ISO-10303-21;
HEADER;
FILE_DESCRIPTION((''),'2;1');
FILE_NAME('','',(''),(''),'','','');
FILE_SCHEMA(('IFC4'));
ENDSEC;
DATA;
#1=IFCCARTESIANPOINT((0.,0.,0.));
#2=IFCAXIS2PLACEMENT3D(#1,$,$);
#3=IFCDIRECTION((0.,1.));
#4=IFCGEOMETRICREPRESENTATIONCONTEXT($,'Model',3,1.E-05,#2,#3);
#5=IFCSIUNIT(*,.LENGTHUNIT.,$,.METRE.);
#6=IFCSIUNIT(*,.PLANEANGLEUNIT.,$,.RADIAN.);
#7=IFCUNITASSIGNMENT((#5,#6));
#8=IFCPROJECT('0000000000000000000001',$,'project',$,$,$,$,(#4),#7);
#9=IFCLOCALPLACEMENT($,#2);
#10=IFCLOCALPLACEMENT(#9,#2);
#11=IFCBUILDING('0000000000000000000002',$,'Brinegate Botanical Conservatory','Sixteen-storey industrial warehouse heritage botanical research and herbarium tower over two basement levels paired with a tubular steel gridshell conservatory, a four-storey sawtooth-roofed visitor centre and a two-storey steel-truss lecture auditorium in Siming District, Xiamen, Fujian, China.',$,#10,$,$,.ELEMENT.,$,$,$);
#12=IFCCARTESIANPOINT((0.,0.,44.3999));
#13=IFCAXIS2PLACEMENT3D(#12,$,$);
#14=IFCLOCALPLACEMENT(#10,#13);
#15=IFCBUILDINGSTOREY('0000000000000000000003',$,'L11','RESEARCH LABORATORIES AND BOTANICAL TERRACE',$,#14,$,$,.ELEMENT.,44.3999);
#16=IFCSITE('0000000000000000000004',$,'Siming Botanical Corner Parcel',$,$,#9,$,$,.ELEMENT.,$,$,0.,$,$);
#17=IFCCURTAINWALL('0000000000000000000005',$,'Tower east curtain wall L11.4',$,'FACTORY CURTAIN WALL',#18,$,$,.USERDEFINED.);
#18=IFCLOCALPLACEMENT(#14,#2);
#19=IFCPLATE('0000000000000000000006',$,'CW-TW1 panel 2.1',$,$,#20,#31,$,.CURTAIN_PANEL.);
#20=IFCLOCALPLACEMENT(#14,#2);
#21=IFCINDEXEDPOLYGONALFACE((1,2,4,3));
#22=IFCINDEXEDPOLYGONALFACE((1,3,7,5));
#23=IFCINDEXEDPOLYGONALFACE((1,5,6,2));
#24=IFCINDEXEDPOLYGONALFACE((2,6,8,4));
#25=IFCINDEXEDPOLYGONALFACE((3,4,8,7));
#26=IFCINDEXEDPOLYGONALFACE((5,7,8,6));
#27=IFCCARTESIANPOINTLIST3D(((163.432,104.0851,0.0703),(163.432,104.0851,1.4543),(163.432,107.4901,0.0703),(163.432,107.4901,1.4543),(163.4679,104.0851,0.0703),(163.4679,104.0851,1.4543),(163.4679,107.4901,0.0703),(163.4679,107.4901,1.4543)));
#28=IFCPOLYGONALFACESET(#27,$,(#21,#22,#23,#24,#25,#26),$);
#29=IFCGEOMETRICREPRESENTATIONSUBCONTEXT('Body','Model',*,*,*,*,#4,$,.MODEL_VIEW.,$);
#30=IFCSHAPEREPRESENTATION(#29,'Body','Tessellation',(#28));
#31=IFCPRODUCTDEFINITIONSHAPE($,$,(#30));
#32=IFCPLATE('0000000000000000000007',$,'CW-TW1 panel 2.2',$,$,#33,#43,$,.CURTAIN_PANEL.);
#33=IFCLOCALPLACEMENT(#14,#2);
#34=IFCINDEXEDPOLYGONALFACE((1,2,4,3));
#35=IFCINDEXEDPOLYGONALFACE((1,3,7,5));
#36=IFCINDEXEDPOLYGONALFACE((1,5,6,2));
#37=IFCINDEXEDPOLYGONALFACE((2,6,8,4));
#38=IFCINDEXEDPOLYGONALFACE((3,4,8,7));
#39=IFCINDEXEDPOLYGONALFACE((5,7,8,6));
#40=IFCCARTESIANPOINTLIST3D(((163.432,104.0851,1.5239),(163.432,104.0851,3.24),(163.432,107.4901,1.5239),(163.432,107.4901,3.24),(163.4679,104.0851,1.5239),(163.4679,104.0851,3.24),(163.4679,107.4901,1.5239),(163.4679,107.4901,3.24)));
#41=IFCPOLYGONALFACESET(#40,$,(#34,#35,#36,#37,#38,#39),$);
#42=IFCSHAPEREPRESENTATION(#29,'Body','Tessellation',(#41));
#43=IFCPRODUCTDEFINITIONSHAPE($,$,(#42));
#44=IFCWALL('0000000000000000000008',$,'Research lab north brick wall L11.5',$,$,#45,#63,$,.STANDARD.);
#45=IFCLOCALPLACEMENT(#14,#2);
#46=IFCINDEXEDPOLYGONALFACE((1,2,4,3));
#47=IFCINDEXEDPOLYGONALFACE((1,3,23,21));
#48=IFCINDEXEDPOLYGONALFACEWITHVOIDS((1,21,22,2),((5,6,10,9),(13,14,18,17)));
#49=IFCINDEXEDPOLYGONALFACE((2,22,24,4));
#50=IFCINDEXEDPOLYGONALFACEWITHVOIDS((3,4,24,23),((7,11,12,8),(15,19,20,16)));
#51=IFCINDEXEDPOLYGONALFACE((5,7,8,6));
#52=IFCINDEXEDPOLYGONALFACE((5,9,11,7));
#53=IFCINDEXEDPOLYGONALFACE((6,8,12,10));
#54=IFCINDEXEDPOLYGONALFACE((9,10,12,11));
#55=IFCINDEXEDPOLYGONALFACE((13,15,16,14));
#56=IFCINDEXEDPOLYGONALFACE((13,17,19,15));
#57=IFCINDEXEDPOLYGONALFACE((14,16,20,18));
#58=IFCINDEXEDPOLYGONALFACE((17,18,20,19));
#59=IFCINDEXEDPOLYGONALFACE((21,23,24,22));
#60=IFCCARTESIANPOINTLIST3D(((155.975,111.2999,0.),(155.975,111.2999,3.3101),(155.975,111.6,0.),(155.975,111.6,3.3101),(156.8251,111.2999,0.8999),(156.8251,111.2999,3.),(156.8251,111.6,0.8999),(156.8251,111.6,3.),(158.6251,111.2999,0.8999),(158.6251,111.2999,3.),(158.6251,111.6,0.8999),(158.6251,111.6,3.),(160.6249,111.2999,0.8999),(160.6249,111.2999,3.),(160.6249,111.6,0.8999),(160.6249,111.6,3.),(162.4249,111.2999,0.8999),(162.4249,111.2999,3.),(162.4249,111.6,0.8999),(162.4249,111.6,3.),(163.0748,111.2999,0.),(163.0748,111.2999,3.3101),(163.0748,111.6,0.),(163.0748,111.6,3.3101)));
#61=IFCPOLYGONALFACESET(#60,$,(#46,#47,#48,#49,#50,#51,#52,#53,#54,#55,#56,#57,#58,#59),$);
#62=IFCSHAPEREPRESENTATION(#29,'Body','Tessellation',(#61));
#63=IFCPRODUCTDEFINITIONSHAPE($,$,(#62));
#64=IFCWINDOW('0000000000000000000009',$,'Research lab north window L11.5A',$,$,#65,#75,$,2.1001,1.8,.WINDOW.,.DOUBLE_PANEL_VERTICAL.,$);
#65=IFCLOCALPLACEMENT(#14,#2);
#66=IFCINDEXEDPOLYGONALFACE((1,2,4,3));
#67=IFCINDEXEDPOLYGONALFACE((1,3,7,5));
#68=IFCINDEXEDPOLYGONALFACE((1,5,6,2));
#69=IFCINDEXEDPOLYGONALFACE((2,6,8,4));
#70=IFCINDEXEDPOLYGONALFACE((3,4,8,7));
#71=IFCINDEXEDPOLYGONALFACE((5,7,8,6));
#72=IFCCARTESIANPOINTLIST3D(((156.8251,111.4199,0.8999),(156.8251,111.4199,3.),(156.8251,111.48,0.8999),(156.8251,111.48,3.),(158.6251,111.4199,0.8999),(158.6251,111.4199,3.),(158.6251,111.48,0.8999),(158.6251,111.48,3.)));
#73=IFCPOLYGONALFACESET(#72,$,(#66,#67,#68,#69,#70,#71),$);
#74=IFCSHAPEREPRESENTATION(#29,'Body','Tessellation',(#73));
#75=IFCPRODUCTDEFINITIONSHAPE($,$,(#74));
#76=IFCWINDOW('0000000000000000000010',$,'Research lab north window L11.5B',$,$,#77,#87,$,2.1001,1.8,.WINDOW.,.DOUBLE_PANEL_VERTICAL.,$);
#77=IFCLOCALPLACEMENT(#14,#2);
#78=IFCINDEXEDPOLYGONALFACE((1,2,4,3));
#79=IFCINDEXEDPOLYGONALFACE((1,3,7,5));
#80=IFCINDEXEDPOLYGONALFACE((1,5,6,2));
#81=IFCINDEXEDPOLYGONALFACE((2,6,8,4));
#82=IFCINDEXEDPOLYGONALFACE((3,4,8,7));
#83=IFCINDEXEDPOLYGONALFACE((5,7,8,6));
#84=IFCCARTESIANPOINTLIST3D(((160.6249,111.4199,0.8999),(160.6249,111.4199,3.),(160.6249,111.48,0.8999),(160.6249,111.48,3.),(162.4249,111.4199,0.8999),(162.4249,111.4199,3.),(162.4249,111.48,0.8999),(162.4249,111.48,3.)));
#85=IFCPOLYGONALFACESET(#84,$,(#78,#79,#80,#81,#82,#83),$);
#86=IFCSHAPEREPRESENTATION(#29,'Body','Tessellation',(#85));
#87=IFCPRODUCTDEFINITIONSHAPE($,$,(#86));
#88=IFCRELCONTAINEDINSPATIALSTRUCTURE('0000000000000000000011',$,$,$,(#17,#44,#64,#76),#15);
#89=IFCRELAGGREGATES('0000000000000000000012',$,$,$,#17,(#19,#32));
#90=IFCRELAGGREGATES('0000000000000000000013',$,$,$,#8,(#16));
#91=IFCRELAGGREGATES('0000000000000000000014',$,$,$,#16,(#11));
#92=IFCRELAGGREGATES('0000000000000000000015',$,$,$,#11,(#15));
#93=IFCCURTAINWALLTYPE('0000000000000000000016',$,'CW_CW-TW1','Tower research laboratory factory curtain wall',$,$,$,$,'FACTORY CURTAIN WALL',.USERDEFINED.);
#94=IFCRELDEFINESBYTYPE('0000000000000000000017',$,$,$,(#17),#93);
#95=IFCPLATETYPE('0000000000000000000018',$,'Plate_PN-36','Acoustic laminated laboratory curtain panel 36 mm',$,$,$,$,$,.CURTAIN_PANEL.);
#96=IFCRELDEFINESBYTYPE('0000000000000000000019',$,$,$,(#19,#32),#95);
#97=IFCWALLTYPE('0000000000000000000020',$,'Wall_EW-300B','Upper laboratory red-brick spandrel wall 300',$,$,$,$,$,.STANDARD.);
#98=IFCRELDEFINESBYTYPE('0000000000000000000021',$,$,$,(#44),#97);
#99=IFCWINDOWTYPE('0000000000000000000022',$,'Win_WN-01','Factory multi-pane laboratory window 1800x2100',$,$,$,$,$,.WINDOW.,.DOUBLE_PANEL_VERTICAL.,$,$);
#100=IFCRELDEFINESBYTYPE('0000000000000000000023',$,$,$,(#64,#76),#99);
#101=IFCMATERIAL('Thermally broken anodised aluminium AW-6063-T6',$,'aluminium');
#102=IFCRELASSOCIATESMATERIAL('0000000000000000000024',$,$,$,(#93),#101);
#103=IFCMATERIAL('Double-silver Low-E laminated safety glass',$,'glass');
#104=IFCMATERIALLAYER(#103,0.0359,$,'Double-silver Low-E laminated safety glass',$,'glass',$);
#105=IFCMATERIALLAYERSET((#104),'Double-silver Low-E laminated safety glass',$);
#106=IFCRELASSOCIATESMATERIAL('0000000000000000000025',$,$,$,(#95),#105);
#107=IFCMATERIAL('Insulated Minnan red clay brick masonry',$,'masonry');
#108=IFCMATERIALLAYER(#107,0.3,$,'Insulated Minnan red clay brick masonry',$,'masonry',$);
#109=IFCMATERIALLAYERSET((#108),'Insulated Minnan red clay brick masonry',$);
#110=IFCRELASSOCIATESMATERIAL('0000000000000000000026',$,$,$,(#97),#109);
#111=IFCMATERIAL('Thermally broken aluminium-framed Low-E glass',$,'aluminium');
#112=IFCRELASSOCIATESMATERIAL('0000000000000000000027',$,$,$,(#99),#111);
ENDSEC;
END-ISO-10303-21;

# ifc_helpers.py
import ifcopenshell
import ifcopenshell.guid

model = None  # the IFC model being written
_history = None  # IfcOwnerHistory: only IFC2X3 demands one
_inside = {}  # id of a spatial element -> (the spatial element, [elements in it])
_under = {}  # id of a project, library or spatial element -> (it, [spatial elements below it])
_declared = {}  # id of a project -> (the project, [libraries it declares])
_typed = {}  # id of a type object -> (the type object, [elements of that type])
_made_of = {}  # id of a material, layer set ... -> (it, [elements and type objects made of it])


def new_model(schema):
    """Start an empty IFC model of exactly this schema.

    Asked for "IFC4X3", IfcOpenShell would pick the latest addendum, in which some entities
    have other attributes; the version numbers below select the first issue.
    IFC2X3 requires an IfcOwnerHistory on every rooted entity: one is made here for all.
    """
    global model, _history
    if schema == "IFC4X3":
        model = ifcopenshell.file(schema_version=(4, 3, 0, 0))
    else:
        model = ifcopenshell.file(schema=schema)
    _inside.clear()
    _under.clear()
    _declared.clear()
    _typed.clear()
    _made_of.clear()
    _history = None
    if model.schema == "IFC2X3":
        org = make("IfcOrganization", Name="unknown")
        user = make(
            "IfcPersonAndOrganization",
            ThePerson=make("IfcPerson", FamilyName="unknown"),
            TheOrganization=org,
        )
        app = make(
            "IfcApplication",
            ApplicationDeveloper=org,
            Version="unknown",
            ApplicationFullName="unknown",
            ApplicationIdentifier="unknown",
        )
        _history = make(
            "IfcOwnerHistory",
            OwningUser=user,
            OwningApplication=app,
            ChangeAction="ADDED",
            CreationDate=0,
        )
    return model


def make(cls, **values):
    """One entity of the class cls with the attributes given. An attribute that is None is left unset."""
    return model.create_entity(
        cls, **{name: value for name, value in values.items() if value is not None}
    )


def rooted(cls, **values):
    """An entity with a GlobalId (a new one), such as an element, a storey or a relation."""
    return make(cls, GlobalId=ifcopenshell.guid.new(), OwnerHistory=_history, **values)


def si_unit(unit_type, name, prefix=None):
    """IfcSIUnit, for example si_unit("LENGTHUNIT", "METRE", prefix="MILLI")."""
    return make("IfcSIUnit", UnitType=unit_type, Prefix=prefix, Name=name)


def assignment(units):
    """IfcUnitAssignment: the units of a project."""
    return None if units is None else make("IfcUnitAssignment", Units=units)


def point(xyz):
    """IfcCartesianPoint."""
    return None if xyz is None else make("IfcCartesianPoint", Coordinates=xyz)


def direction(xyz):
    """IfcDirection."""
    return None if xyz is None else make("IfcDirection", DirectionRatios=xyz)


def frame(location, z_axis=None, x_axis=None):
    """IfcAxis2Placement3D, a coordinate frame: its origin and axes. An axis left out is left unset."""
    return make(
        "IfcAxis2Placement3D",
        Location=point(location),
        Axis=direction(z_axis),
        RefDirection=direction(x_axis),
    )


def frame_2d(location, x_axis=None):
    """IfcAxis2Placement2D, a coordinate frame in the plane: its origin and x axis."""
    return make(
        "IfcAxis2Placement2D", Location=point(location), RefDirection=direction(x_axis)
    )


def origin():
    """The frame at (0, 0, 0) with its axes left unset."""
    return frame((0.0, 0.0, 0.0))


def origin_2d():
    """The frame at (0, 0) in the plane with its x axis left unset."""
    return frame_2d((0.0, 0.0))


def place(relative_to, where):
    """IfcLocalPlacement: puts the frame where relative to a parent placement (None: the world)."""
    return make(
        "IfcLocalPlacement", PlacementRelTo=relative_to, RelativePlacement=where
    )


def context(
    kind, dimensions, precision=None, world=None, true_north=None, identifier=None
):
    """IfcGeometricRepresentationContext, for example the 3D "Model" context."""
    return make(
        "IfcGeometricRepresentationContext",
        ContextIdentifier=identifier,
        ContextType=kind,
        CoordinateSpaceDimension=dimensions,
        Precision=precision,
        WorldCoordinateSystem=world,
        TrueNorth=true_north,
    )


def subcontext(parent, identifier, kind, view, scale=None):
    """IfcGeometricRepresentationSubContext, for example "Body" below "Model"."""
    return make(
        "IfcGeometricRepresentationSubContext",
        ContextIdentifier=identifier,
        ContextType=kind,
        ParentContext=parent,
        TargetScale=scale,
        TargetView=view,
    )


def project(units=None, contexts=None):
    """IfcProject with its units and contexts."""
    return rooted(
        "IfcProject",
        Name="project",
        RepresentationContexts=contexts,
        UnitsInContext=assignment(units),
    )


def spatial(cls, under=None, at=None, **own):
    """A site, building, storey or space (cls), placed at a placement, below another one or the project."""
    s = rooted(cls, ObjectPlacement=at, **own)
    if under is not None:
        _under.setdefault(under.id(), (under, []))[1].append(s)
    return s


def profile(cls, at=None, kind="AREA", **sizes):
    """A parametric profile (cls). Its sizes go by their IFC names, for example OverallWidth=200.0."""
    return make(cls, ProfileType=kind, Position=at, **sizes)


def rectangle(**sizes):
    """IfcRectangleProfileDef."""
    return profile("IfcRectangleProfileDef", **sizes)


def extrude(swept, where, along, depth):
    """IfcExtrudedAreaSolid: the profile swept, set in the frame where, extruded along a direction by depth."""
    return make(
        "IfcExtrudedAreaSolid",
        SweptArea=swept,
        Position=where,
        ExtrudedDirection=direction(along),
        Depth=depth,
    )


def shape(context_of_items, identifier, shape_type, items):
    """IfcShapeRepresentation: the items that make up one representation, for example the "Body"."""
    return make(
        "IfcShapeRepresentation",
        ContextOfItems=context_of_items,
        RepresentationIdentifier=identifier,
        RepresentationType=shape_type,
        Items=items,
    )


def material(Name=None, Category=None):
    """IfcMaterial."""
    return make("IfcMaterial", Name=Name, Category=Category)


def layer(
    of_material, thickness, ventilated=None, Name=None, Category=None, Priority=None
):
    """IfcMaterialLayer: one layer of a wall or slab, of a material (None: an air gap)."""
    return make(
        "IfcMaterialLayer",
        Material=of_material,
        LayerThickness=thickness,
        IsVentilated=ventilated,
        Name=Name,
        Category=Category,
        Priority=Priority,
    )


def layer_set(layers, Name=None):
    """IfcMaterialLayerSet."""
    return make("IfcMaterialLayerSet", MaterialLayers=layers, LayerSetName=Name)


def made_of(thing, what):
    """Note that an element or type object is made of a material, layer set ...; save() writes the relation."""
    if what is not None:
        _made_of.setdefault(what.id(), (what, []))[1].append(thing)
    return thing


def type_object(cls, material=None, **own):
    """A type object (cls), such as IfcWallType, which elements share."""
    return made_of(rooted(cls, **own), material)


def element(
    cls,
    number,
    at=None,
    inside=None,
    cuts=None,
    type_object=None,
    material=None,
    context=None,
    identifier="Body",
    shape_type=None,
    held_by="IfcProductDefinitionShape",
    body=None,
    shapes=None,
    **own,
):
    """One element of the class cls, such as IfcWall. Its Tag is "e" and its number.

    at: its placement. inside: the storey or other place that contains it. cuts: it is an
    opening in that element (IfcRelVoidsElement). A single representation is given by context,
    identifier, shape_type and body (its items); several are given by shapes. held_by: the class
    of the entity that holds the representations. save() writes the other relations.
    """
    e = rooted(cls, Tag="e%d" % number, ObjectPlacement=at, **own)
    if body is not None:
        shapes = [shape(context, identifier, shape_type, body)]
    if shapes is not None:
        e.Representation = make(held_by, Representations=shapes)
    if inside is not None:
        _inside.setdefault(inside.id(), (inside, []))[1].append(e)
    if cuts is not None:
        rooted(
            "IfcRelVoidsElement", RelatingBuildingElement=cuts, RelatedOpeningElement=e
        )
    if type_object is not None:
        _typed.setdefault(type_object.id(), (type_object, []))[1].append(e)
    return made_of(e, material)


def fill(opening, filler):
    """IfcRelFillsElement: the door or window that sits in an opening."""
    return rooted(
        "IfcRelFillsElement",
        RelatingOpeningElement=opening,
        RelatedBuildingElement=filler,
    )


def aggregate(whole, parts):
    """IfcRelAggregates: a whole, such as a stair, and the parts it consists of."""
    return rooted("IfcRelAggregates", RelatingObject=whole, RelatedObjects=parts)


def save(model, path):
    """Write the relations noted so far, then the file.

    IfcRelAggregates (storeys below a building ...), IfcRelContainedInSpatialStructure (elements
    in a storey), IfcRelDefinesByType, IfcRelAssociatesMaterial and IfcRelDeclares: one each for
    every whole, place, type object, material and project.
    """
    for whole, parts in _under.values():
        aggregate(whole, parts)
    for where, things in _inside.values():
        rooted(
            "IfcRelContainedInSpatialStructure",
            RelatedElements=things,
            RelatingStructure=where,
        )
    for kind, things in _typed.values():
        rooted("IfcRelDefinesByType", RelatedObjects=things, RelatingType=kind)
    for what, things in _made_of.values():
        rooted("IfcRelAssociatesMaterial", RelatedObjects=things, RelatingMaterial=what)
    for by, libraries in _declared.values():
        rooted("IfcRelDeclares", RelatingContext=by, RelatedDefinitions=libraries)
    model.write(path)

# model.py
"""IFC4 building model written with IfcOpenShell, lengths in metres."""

from ifc_helpers import new_model, si_unit, direction, frame, frame_2d, origin, origin_2d, place, context, subcontext, project, spatial, rectangle, extrude, material, layer, layer_set, type_object, element, fill, aggregate, save


model = new_model("IFC4")

# Units and contexts
model_context = context("Model", 3, precision=1e-05, world=origin(), true_north=direction((0.0, 1.0)))
body_context = subcontext(model_context, "Body", "Model", "MODEL_VIEW")
ifc_project = project(units=[si_unit("LENGTHUNIT", "METRE"), si_unit("PLANEANGLEUNIT", "RADIAN")], contexts=[model_context])

# Site, building, storey
site_placement = place(None, origin())
site = spatial("IfcSite", under=ifc_project, at=site_placement, Name="Siming Botanical Corner Parcel", CompositionType="ELEMENT", RefElevation=0.0)
building_placement = place(site_placement, origin())
building = spatial("IfcBuilding", under=site, at=building_placement, Name="Brinegate Botanical Conservatory", Description="Sixteen-storey industrial warehouse heritage botanical research and herbarium tower over two basement levels paired with a tubular steel gridshell conservatory, a four-storey sawtooth-roofed visitor centre and a two-storey steel-truss lecture auditorium in Siming District, Xiamen, Fujian, China.", CompositionType="ELEMENT")
storey_placement = place(building_placement, frame((0.0, 0.0, 44.3999)))
storey = spatial("IfcBuildingStorey", under=building, at=storey_placement, Name="L11", Description="RESEARCH LABORATORIES AND BOTANICAL TERRACE", CompositionType="ELEMENT", Elevation=44.3999)

# Curtain wall
ifc_material_1 = material(Name="Thermally broken anodised aluminium AW-6063-T6", Category="aluminium")
curtain_wall_type = type_object("IfcCurtainWallType", Name="CW_CW-TW1", Description="Tower research laboratory factory curtain wall", ElementType="FACTORY CURTAIN WALL", PredefinedType="USERDEFINED", material=ifc_material_1)
curtain_wall_1_placement = place(storey_placement, origin())
curtain_wall_1 = element("IfcCurtainWall", 1, at=curtain_wall_1_placement, inside=storey, type_object=curtain_wall_type, Name="Tower east curtain wall L11.4", ObjectType="FACTORY CURTAIN WALL", PredefinedType="USERDEFINED")

# Plates
ifc_material_2 = material(Name="Double-silver Low-E laminated safety glass", Category="glass")
ifc_layer_1 = layer(ifc_material_2, 0.0359, Name="Double-silver Low-E laminated safety glass", Category="glass")
ifc_layer_set_1 = layer_set([ifc_layer_1], Name="Double-silver Low-E laminated safety glass")
plate_type = type_object("IfcPlateType", Name="Plate_PN-36", Description="Acoustic laminated laboratory curtain panel 36 mm", PredefinedType="CURTAIN_PANEL", material=ifc_layer_set_1)
plate_1_placement = place(storey_placement, frame((163.45, 105.7876, 0.0703), z_axis=(0.0, 0.0, 1.0), x_axis=(0.0, -1.0, 0.0)))
plate_1 = element("IfcPlate", 2, at=plate_1_placement, type_object=plate_type, Name="CW-TW1 panel 2.1", PredefinedType="CURTAIN_PANEL", context=body_context, shape_type="SweptSolid", body=[
    extrude(rectangle(XDim=3.405, YDim=0.0359, at=origin_2d()), origin(), (0.0, 0.0, 1.0), 1.384),
])
plate_2_placement = place(storey_placement, frame((163.45, 105.7876, 1.5239), z_axis=(0.0, 0.0, 1.0), x_axis=(0.0, -1.0, 0.0)))
plate_2 = element("IfcPlate", 3, at=plate_2_placement, type_object=plate_type, Name="CW-TW1 panel 2.2", PredefinedType="CURTAIN_PANEL", context=body_context, shape_type="SweptSolid", body=[
    extrude(rectangle(XDim=3.405, YDim=0.0359, at=origin_2d()), origin(), (0.0, 0.0, 1.0), 1.7161),
])
aggregate(curtain_wall_1, [plate_1, plate_2])

# Wall, openings, windows
ifc_material_3 = material(Name="Insulated Minnan red clay brick masonry", Category="masonry")
ifc_layer_2 = layer(ifc_material_3, 0.3, Name="Insulated Minnan red clay brick masonry", Category="masonry")
ifc_layer_set_2 = layer_set([ifc_layer_2], Name="Insulated Minnan red clay brick masonry")
wall_type = type_object("IfcWallType", Name="Wall_EW-300B", Description="Upper laboratory red-brick spandrel wall 300", PredefinedType="STANDARD", material=ifc_layer_set_2)
wall_placement = place(storey_placement, frame((155.9751, 111.45, 0.0), z_axis=(0.0, 0.0, 1.0), x_axis=(1.0, 0.0, 0.0)))
wall = element("IfcWall", 4, at=wall_placement, inside=storey, type_object=wall_type, Name="Research lab north brick wall L11.5", PredefinedType="STANDARD", context=body_context, shape_type="SweptSolid", body=[
    extrude(rectangle(XDim=7.0999, YDim=0.3, at=frame_2d((3.5498, 0.0))), origin(), (0.0, 0.0, 1.0), 3.3101),
])
opening_1_placement = place(wall_placement, frame((0.8501, 0.0, 0.8999)))
opening_1 = element("IfcOpeningElement", 5, at=opening_1_placement, cuts=wall, PredefinedType="OPENING", context=body_context, shape_type="SweptSolid", body=[
    extrude(rectangle(XDim=1.8, YDim=2.1001, at=frame_2d((0.8999, 1.05))), frame((0.0, 0.1599, 0.0), z_axis=(0.0, -1.0, 0.0), x_axis=(1.0, 0.0, 0.0)), (0.0, 0.0, 1.0), 0.3201),
])
opening_2_placement = place(wall_placement, frame((4.6499, 0.0, 0.8999)))
opening_2 = element("IfcOpeningElement", 6, at=opening_2_placement, cuts=wall, PredefinedType="OPENING", context=body_context, shape_type="SweptSolid", body=[
    extrude(rectangle(XDim=1.8, YDim=2.1001, at=frame_2d((0.8999, 1.05))), frame((0.0, 0.1599, 0.0), z_axis=(0.0, -1.0, 0.0), x_axis=(1.0, 0.0, 0.0)), (0.0, 0.0, 1.0), 0.3201),
])
ifc_material_4 = material(Name="Thermally broken aluminium-framed Low-E glass", Category="aluminium")
window_type = type_object("IfcWindowType", Name="Win_WN-01", Description="Factory multi-pane laboratory window 1800x2100", PartitioningType="DOUBLE_PANEL_VERTICAL", PredefinedType="WINDOW", material=ifc_material_4)
window_1_placement = place(opening_1_placement, origin())
window_1 = element("IfcWindow", 7, at=window_1_placement, inside=storey, type_object=window_type, Name="Research lab north window L11.5A", OverallHeight=2.1001, OverallWidth=1.8, PartitioningType="DOUBLE_PANEL_VERTICAL", PredefinedType="WINDOW", context=body_context, shape_type="SweptSolid", body=[
    extrude(rectangle(XDim=1.8, YDim=2.1001, at=frame_2d((0.8999, 1.05))), frame((0.0, 0.03, 0.0), z_axis=(0.0, -1.0, 0.0), x_axis=(1.0, 0.0, 0.0)), (0.0, 0.0, 1.0), 0.0601),
])
fill(opening_1, window_1)
window_2_placement = place(opening_2_placement, origin())
window_2 = element("IfcWindow", 8, at=window_2_placement, inside=storey, type_object=window_type, Name="Research lab north window L11.5B", OverallHeight=2.1001, OverallWidth=1.8, PartitioningType="DOUBLE_PANEL_VERTICAL", PredefinedType="WINDOW", context=body_context, shape_type="SweptSolid", body=[
    extrude(rectangle(XDim=1.8, YDim=2.1001, at=frame_2d((0.8999, 1.05))), frame((0.0, 0.03, 0.0), z_axis=(0.0, -1.0, 0.0), x_axis=(1.0, 0.0, 0.0)), (0.0, 0.0, 1.0), 0.0601),
])
fill(opening_2, window_2)

save(model, "model.ifc")
